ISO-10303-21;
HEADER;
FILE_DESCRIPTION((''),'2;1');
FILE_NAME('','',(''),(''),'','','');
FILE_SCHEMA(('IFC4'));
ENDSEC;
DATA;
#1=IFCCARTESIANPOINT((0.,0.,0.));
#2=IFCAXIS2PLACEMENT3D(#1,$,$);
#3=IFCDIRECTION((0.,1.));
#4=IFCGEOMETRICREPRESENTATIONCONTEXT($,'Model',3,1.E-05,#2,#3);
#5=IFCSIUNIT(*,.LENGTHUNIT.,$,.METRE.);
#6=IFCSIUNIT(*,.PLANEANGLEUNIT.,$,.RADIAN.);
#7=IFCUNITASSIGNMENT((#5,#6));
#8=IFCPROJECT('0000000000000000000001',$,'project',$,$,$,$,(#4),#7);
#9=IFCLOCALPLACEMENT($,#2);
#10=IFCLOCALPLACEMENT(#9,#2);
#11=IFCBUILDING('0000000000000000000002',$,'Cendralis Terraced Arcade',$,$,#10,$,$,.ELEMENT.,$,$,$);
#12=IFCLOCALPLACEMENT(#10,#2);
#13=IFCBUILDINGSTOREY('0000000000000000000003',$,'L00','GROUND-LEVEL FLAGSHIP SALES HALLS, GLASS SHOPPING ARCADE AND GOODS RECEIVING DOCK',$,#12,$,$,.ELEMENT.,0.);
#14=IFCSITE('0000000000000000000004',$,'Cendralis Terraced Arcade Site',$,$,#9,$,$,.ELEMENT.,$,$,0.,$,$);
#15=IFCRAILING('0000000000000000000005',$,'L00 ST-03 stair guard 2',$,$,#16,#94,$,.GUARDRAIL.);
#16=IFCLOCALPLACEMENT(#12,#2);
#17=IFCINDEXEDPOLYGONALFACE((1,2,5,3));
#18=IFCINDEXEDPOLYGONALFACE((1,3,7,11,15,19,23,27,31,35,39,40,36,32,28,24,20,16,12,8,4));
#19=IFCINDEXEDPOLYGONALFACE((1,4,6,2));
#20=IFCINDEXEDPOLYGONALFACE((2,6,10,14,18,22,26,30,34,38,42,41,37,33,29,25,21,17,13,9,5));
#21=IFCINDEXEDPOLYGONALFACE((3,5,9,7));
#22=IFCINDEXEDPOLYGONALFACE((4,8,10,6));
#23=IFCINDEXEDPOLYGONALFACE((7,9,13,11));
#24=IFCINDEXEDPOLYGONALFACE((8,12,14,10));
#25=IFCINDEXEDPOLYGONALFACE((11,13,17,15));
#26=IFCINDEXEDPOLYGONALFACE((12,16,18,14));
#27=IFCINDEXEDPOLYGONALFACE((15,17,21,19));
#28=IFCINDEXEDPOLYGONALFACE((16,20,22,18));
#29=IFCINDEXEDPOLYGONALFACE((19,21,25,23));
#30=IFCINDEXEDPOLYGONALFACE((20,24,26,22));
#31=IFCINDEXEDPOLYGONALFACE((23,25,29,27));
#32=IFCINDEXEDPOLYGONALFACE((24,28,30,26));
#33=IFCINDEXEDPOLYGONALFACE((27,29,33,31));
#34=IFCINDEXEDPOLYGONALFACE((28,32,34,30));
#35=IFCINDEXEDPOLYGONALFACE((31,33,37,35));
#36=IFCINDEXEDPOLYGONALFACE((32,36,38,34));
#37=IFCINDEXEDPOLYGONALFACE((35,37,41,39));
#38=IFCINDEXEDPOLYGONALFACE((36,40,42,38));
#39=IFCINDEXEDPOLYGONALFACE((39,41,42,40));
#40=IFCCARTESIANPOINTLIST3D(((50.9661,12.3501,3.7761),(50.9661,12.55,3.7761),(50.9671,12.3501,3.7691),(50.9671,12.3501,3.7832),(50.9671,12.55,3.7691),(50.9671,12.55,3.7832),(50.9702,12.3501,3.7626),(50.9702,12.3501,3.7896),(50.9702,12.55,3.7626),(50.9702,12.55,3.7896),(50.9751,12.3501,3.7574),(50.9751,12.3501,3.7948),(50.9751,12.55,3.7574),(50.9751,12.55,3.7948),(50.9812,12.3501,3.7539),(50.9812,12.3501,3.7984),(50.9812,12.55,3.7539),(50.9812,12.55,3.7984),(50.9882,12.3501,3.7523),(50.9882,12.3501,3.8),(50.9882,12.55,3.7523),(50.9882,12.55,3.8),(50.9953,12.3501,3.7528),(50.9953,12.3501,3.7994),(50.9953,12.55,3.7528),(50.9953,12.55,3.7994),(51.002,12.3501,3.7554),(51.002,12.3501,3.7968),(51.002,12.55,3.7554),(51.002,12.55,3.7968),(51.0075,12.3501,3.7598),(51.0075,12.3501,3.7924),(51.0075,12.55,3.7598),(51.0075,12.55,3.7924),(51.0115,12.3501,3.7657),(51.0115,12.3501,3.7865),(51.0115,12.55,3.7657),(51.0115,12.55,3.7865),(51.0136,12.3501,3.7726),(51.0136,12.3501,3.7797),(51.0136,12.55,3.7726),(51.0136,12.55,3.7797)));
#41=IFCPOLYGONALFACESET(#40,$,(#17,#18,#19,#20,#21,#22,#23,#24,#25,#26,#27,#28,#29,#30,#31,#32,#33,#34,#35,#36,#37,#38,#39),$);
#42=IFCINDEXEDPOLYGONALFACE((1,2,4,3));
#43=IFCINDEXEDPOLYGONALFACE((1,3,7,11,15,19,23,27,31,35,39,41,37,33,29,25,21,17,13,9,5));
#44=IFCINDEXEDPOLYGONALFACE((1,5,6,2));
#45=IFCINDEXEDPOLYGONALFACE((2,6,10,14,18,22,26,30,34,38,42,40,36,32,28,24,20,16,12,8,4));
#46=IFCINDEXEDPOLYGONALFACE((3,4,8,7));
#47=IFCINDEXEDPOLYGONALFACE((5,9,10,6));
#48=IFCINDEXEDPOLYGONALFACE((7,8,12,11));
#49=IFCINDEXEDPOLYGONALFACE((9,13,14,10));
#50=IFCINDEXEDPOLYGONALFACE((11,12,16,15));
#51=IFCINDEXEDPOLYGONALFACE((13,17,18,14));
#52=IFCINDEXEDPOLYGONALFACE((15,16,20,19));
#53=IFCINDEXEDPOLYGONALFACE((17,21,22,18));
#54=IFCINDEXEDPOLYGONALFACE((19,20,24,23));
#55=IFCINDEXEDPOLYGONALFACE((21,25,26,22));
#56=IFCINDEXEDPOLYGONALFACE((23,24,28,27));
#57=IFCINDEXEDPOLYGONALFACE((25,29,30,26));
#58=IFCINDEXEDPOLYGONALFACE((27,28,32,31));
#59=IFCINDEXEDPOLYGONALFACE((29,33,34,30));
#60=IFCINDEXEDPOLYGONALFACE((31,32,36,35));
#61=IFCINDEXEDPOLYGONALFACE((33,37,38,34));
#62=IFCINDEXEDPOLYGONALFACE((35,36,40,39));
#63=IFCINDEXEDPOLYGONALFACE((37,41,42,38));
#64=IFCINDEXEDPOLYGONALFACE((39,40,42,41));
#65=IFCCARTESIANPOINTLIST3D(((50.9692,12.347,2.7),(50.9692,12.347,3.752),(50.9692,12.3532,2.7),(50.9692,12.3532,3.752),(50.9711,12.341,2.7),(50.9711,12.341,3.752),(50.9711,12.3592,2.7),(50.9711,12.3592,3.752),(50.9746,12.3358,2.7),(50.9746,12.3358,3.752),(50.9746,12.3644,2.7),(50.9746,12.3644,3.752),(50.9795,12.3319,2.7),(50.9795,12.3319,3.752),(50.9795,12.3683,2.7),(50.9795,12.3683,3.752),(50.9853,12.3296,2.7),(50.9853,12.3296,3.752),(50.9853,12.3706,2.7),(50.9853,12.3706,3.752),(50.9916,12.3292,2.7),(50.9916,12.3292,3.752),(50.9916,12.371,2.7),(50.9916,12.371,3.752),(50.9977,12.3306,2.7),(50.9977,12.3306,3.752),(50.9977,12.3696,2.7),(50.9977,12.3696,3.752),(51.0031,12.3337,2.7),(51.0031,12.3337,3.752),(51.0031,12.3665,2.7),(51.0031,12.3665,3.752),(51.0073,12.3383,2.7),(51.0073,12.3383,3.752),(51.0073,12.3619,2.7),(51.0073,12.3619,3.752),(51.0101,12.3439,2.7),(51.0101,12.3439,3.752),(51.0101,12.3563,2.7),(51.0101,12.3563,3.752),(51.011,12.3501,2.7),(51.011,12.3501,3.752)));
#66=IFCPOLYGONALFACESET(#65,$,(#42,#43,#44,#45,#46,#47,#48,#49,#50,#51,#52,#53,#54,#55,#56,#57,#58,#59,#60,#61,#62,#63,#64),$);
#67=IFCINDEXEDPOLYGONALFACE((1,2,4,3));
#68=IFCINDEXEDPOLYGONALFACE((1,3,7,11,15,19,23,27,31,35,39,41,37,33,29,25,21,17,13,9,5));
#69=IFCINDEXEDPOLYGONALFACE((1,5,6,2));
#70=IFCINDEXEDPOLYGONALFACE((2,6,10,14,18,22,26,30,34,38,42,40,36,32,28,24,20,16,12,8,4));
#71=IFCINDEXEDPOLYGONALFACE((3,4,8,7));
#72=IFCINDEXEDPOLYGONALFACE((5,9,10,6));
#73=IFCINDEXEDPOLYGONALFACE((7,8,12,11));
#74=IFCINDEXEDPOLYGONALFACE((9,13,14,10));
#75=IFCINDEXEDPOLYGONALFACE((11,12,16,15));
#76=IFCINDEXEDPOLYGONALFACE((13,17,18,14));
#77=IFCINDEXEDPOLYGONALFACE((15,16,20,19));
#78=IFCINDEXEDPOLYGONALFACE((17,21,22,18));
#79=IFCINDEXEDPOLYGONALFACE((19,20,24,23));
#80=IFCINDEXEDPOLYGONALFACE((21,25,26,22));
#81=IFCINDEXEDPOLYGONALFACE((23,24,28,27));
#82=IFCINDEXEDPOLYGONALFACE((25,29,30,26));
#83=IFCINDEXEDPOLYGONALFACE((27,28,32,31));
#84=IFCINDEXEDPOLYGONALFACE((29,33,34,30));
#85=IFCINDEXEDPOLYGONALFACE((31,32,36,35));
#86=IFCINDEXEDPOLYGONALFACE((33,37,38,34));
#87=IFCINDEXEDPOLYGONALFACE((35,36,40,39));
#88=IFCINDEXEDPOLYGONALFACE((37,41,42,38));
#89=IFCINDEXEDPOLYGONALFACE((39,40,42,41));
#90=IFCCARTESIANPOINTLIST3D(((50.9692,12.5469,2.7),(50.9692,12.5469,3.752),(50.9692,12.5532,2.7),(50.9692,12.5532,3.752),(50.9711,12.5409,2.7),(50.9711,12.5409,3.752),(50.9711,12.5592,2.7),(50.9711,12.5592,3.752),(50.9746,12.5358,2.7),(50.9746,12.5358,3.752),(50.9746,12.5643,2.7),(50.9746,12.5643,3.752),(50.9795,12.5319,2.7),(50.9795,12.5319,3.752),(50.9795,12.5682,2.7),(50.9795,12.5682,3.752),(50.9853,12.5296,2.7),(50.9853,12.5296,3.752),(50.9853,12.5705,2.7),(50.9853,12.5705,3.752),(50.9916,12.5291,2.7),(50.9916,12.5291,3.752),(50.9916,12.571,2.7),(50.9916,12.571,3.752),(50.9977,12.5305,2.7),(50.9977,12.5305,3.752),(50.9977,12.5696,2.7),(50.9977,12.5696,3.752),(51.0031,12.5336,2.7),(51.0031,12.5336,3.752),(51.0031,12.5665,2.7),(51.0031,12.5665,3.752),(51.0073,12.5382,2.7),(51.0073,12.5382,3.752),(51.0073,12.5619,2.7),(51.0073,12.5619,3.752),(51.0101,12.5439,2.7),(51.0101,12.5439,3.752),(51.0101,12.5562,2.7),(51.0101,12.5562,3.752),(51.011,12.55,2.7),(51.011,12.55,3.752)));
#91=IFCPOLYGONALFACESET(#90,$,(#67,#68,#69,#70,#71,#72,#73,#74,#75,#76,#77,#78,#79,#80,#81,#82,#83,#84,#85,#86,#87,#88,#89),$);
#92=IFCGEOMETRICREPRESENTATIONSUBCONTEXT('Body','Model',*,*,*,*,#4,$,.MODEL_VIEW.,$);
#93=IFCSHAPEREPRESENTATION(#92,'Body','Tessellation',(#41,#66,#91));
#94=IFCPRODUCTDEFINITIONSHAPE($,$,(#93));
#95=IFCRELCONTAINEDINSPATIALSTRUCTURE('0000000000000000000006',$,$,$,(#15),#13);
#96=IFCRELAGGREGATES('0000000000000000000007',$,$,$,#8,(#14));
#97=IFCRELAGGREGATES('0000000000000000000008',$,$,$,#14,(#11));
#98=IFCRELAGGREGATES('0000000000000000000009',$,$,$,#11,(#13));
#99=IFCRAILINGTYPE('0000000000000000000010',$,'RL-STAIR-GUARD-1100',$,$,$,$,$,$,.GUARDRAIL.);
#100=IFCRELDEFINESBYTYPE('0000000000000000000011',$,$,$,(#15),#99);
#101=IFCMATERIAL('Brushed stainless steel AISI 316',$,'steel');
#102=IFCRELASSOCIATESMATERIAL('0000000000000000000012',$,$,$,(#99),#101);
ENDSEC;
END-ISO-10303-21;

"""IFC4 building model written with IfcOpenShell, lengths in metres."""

from ifc_helpers import new_model, si_unit, direction, frame, origin, origin_2d, place, context, subcontext, project, spatial, circle, extrude, material, type_object, element, save


model = new_model("IFC4")

# Units and contexts
model_context = context("Model", 3, precision=1e-05, world=origin(), true_north=direction((0.0, 1.0)))
body_context = subcontext(model_context, "Body", "Model", "MODEL_VIEW")
ifc_project = project(units=[si_unit("LENGTHUNIT", "METRE"), si_unit("PLANEANGLEUNIT", "RADIAN")], contexts=[model_context])

# Site, building, storey
site_placement = place(None, origin())
site = spatial("IfcSite", under=ifc_project, at=site_placement, Name="Cendralis Terraced Arcade Site", CompositionType="ELEMENT", RefElevation=0.0)
building_placement = place(site_placement, origin())
building = spatial("IfcBuilding", under=site, at=building_placement, Name="Cendralis Terraced Arcade", CompositionType="ELEMENT")
storey_placement = place(building_placement, origin())
storey = spatial("IfcBuildingStorey", under=building, at=storey_placement, Name="L00", Description="GROUND-LEVEL FLAGSHIP SALES HALLS, GLASS SHOPPING ARCADE AND GOODS RECEIVING DOCK", CompositionType="ELEMENT", Elevation=0.0)

# Railing
ifc_material_1 = material(Name="Brushed stainless steel AISI 316", Category="steel")
railing_type_1 = type_object("IfcRailingType", Name="RL-STAIR-GUARD-1100", PredefinedType="GUARDRAIL", material=ifc_material_1)
railing_1_placement = place(storey_placement, frame((50.99, 12.3501, 2.7)))
element("IfcRailing", 1, at=railing_1_placement, inside=storey, type_object=railing_type_1, Name="L00 ST-03 stair guard 2", PredefinedType="GUARDRAIL", context=body_context, shape_type="SweptSolid", body=[
    extrude(circle(Radius=0.0239, at=origin_2d()), frame((0.0, 0.0, 1.0762), z_axis=(0.0, 1.0, 0.0), x_axis=(-1.0, 0.0, 0.0)), (0.0, 0.0, 1.0), 0.2),
    extrude(circle(Radius=0.021, at=origin_2d()), origin(), (0.0, 0.0, 1.0), 1.052),
    extrude(circle(Radius=0.021, at=origin_2d()), frame((0.0, 0.2, 0.0)), (0.0, 0.0, 1.0), 1.052),
])

save(model, "model.ifc")
